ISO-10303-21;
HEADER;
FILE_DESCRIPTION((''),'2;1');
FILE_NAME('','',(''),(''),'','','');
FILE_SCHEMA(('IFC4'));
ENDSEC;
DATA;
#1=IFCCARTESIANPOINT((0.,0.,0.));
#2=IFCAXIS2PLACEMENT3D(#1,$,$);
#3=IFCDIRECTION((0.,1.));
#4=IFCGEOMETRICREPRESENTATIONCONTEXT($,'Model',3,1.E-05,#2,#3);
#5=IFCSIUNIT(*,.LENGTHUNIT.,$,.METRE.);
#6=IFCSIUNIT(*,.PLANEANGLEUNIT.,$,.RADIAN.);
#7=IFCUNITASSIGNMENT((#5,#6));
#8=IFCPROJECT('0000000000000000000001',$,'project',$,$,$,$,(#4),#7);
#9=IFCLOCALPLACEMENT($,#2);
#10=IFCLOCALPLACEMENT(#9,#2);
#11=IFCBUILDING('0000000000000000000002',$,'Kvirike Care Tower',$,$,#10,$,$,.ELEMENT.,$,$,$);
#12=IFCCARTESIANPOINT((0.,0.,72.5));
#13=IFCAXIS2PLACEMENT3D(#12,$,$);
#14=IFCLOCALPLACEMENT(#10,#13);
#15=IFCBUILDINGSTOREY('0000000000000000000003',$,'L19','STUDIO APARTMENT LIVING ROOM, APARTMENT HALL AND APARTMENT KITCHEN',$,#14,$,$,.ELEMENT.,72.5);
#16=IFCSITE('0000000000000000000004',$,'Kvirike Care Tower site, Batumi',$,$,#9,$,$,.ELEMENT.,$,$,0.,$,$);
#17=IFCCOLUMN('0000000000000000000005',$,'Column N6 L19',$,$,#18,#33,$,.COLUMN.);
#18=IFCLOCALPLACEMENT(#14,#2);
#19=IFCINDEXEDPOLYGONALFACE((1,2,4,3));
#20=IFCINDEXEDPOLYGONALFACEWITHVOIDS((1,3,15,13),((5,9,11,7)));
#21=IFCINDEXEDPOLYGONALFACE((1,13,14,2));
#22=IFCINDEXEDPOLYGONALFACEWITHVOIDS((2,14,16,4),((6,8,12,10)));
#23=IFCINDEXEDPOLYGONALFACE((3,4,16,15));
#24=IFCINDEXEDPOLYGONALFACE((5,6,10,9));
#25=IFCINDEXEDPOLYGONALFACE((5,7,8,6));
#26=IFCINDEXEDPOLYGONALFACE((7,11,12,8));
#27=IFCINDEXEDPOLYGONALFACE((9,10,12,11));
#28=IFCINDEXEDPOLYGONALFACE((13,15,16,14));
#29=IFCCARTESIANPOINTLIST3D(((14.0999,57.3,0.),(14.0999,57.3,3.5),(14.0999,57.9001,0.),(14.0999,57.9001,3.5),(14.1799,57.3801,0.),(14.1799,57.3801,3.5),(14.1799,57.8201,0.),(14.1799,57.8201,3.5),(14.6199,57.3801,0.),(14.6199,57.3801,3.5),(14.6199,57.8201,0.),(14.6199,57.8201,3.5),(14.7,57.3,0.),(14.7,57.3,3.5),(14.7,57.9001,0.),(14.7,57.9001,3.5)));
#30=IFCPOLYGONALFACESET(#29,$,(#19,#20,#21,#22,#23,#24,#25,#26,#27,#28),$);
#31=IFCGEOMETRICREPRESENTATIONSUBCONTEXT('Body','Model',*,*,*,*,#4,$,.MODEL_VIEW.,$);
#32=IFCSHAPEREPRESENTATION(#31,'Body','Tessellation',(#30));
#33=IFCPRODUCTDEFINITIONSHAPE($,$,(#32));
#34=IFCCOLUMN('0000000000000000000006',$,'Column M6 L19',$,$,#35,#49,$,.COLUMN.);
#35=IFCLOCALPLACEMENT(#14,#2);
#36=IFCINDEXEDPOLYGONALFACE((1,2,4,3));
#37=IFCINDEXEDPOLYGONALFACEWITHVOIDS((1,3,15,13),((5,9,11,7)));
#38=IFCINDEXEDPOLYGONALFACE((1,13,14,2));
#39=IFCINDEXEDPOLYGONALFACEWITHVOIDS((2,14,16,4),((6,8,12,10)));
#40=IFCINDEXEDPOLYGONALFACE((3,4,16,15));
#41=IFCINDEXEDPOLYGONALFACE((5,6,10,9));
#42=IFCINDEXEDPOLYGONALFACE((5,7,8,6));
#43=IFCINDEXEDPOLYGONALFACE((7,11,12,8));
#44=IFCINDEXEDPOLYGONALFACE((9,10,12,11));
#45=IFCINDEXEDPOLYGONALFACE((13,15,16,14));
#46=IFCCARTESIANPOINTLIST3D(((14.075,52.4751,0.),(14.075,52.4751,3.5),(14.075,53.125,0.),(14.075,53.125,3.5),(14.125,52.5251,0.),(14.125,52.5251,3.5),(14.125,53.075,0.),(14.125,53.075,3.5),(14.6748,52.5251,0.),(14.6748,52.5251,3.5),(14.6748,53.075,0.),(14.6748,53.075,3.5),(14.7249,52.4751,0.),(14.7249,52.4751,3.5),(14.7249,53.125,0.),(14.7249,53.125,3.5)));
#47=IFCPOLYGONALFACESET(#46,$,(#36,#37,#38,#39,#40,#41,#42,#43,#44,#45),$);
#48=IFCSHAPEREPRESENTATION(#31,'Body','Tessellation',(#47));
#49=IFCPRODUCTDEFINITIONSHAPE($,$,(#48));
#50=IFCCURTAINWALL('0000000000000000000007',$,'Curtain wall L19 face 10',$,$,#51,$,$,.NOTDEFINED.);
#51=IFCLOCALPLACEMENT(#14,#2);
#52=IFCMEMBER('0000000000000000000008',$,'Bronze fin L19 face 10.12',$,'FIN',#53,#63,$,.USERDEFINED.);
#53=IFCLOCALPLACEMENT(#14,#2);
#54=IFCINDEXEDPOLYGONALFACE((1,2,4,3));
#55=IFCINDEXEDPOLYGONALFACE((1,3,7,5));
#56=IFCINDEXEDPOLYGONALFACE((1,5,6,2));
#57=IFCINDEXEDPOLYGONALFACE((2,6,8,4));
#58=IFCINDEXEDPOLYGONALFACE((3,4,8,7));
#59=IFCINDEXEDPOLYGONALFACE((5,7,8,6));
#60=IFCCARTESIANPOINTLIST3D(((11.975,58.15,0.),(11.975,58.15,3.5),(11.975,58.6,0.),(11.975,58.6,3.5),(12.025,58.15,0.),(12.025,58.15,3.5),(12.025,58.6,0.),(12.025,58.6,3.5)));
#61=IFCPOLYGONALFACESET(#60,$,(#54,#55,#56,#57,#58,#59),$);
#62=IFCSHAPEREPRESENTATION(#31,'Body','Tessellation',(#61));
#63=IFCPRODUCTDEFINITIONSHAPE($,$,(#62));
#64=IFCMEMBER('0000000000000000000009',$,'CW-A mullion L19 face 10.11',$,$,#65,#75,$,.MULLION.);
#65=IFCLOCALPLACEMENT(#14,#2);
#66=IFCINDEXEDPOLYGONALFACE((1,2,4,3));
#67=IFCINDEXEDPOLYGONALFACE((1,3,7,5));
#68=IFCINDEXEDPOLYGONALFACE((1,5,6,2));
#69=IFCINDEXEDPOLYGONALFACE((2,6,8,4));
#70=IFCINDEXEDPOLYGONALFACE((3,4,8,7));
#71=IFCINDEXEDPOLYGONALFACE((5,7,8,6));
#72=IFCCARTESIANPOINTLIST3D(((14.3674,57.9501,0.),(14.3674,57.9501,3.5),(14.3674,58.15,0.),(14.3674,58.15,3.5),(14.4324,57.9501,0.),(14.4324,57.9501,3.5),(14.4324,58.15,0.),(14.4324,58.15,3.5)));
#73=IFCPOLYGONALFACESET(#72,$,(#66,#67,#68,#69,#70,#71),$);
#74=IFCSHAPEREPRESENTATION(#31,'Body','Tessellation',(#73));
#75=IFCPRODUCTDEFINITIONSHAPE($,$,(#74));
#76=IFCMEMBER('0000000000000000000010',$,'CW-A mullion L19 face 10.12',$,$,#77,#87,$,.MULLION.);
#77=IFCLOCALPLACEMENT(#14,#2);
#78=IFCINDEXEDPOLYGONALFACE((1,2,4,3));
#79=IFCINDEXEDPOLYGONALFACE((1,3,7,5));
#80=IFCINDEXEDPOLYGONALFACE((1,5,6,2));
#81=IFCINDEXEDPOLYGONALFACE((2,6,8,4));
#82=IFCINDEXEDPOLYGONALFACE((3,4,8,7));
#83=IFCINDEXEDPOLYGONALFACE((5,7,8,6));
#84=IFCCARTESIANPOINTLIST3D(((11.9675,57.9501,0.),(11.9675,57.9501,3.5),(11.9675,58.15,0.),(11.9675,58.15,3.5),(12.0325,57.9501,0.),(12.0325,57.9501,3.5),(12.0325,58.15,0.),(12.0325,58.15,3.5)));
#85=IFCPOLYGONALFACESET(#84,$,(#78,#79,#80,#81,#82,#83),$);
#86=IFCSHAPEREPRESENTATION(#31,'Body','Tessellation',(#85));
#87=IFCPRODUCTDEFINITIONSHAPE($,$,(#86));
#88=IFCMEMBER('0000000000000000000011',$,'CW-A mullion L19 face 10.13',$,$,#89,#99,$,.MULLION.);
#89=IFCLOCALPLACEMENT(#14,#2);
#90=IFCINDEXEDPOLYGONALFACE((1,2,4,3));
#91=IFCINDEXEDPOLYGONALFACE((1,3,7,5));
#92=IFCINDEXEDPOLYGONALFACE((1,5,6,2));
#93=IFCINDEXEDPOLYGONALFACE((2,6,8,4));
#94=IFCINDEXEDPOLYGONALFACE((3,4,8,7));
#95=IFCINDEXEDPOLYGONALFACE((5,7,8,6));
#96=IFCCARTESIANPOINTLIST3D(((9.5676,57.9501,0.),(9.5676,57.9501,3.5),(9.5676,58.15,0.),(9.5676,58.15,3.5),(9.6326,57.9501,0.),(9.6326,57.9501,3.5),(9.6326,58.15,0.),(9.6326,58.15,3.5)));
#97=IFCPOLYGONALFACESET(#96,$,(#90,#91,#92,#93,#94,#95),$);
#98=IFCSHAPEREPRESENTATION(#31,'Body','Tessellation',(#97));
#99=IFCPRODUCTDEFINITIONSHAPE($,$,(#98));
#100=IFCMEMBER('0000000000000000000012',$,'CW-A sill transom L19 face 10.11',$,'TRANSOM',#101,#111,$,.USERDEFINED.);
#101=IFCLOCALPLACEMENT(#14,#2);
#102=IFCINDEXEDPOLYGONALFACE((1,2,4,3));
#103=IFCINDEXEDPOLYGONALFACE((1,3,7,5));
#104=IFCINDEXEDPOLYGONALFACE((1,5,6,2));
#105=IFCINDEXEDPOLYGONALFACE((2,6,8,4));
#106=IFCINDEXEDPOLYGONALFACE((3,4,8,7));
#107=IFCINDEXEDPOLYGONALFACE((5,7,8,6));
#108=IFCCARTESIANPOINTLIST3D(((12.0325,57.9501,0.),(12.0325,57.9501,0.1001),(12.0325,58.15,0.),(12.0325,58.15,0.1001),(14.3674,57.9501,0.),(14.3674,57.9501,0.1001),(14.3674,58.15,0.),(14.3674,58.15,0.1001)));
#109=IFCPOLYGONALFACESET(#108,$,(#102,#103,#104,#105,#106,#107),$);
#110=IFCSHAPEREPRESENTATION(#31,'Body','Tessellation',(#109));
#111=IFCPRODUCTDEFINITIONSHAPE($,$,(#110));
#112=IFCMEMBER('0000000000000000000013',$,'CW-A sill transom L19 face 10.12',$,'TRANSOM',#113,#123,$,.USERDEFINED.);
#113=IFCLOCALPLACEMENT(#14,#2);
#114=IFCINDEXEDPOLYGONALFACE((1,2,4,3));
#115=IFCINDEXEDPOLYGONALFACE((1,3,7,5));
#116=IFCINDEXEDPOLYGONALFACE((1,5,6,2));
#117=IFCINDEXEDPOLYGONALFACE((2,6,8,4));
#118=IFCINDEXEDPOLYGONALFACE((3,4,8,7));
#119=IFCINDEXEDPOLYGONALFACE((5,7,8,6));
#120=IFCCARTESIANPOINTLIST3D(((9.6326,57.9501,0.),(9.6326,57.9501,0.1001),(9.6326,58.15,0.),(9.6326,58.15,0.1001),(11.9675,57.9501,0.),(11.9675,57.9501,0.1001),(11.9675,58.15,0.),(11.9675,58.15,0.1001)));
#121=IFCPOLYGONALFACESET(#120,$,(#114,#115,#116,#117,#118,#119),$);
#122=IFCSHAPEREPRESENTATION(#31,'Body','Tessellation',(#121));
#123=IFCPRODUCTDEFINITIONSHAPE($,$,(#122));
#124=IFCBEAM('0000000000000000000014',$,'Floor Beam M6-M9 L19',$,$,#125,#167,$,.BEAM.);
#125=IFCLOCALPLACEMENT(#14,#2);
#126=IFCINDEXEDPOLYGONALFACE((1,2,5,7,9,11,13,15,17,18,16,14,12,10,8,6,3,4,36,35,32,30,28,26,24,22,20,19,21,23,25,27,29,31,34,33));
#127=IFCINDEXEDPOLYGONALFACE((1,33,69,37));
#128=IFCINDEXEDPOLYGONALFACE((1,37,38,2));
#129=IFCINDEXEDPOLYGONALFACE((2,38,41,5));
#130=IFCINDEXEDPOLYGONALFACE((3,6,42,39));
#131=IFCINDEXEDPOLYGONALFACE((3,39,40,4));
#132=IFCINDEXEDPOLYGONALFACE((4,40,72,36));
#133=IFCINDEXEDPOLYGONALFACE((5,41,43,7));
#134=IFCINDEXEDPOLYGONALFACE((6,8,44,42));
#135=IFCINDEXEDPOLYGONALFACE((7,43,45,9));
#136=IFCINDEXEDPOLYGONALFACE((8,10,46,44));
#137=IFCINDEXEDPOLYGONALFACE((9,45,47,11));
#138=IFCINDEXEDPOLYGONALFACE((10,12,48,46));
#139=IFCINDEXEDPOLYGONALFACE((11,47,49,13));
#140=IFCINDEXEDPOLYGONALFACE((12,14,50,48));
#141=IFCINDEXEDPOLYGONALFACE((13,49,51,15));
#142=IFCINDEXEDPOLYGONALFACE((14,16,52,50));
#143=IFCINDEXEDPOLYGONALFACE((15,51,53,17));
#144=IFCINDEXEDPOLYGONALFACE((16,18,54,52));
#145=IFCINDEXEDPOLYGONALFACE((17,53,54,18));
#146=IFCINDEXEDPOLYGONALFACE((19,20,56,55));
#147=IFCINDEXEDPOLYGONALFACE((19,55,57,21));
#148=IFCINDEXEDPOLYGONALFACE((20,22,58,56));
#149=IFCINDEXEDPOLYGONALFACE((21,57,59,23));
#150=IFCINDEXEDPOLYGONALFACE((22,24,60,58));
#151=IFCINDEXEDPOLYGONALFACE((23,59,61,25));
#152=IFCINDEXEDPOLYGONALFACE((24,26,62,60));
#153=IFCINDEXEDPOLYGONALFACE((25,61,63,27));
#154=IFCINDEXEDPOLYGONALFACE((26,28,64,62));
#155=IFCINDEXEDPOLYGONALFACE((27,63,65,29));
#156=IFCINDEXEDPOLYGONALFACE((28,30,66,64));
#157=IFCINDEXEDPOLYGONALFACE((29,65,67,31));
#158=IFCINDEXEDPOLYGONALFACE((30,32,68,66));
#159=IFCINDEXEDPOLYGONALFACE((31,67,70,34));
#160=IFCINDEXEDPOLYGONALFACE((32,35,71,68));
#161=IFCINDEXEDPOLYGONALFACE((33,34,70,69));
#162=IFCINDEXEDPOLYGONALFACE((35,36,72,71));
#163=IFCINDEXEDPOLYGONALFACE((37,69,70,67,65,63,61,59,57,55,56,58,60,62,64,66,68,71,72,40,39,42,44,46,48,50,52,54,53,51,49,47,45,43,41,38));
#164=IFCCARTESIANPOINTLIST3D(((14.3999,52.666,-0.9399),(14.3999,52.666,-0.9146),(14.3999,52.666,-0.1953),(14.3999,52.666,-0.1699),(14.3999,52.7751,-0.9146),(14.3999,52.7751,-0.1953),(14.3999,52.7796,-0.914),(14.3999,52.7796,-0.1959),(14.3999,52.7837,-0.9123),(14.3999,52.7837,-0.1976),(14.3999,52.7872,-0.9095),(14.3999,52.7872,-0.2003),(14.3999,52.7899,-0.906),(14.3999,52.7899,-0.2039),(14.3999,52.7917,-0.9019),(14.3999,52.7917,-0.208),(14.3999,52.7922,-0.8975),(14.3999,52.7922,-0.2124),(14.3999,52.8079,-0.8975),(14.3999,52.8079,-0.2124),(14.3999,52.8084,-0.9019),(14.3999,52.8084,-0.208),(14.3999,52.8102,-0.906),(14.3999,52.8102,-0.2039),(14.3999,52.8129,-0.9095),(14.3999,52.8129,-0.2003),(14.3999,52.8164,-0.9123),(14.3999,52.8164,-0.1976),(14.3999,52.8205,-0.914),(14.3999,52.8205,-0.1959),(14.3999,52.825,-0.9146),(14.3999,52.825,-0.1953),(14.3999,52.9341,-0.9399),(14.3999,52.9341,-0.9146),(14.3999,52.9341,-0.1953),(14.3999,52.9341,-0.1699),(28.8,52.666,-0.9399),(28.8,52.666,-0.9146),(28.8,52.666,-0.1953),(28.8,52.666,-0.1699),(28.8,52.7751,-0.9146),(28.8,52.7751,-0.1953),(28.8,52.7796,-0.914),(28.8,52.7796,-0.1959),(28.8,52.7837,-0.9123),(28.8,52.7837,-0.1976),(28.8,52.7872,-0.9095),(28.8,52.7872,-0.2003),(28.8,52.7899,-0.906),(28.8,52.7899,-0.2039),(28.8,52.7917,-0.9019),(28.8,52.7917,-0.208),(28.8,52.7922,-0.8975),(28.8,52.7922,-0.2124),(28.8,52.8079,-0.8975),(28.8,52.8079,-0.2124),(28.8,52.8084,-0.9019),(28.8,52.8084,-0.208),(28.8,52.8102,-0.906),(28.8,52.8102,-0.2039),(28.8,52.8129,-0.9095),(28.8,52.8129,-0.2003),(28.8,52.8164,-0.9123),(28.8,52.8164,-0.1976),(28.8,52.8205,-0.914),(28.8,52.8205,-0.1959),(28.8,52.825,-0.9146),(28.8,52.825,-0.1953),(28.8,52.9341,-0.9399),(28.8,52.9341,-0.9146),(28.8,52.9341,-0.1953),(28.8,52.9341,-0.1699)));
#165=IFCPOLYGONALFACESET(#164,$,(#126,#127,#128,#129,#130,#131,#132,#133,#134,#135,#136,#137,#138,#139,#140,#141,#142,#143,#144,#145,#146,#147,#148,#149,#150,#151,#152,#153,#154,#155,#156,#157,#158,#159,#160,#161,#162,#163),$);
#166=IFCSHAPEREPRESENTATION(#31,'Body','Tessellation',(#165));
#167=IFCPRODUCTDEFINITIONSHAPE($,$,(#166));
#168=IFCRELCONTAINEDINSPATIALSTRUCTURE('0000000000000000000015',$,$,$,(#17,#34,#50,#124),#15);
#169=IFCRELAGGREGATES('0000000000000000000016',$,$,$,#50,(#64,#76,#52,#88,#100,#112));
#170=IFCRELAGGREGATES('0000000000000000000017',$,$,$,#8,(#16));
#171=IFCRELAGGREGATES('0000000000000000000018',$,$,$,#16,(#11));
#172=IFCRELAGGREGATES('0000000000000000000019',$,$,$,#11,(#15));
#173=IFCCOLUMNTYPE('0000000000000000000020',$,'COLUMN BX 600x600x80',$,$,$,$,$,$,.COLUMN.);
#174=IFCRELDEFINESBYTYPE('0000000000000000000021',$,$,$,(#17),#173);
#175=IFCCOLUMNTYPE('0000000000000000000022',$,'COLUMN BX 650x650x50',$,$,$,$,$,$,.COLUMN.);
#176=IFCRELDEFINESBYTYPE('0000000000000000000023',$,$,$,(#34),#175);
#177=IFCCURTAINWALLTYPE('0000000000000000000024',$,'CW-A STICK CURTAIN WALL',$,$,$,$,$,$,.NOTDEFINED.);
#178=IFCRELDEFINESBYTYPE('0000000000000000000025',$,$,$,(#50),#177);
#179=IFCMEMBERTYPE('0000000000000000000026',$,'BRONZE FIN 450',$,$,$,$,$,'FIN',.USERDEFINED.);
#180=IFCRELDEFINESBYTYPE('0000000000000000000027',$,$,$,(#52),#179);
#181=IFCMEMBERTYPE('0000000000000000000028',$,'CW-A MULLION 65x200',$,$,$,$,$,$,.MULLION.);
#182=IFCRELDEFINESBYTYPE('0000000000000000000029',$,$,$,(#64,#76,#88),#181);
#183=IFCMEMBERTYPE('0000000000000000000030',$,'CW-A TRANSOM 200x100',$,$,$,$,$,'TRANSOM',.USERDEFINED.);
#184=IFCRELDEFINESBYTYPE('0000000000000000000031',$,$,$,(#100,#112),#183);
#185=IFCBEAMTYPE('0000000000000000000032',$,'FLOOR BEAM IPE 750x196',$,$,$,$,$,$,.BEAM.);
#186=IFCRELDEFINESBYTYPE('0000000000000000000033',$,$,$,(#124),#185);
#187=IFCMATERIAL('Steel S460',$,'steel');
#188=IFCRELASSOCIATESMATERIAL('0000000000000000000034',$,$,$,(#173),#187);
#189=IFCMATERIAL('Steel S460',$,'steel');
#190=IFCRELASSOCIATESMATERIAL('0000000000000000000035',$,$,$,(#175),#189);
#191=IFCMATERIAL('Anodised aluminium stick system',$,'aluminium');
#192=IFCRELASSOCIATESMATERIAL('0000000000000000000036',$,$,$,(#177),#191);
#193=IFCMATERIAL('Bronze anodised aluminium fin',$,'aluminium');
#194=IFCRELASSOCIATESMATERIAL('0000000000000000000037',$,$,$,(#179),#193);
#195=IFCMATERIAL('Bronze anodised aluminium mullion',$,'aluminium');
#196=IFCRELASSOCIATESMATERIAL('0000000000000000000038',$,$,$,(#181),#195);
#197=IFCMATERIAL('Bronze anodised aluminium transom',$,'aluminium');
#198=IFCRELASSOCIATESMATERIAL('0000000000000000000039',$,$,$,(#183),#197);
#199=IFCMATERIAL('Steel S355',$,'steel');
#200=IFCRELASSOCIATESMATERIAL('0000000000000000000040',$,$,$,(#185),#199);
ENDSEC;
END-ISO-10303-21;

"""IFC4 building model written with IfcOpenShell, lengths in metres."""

from ifc_helpers import new_model, si_unit, direction, frame, origin, origin_2d, place, context, subcontext, project, spatial, rectangle, hollow_rectangle, i_section, extrude, material, material_profile, profile_set, type_object, element, aggregate, save


model = new_model("IFC4")

# Units and contexts
model_context = context("Model", 3, precision=1e-05, world=origin(), true_north=direction((0.0, 1.0)))
body_context = subcontext(model_context, "Body", "Model", "MODEL_VIEW")
ifc_project = project(units=[si_unit("LENGTHUNIT", "METRE"), si_unit("PLANEANGLEUNIT", "RADIAN")], contexts=[model_context])

# Site, building, storey
site_placement = place(None, origin())
site = spatial("IfcSite", under=ifc_project, at=site_placement, Name="Kvirike Care Tower site, Batumi", CompositionType="ELEMENT", RefElevation=0.0)
building_placement = place(site_placement, origin())
building = spatial("IfcBuilding", under=site, at=building_placement, Name="Kvirike Care Tower", CompositionType="ELEMENT")
storey_placement = place(building_placement, frame((0.0, 0.0, 72.5)))
storey = spatial("IfcBuildingStorey", under=building, at=storey_placement, Name="L19", Description="STUDIO APARTMENT LIVING ROOM, APARTMENT HALL AND APARTMENT KITCHEN", CompositionType="ELEMENT", Elevation=72.5)

# Columns
ifc_material_1 = material(Name="Steel S460", Category="steel")
ifc_material_profile_1 = material_profile(ifc_material_1, hollow_rectangle(XDim=0.6001, YDim=0.6001, WallThickness=0.0801, at=origin_2d()), Name="BX 600x600x80")
ifc_profile_set_1 = profile_set([ifc_material_profile_1], Name="Steel S460")
column_type_1 = type_object("IfcColumnType", Name="COLUMN BX 600x600x80", PredefinedType="COLUMN", material=ifc_profile_set_1)
column_1_placement = place(storey_placement, frame((14.3999, 57.6001, 0.0), z_axis=(0.0, 0.0, 1.0), x_axis=(0.0, 1.0, 0.0)))
element("IfcColumn", 1, at=column_1_placement, inside=storey, type_object=column_type_1, Name="Column N6 L19", PredefinedType="COLUMN", context=body_context, shape_type="SweptSolid", body=[
    extrude(hollow_rectangle(XDim=0.6001, YDim=0.6001, WallThickness=0.0801, at=origin_2d()), origin(), (0.0, 0.0, 1.0), 3.5),
])
ifc_material_2 = material(Name="Steel S460", Category="steel")
ifc_material_profile_2 = material_profile(ifc_material_2, hollow_rectangle(XDim=0.6499, YDim=0.6499, WallThickness=0.05, at=origin_2d()), Name="BX 650x650x50")
ifc_profile_set_2 = profile_set([ifc_material_profile_2], Name="Steel S460")
column_type_2 = type_object("IfcColumnType", Name="COLUMN BX 650x650x50", PredefinedType="COLUMN", material=ifc_profile_set_2)
column_2_placement = place(storey_placement, frame((14.3999, 52.8, 0.0), z_axis=(0.0, 0.0, 1.0), x_axis=(1.0, 0.0, 0.0)))
element("IfcColumn", 2, at=column_2_placement, inside=storey, type_object=column_type_2, Name="Column M6 L19", PredefinedType="COLUMN", context=body_context, shape_type="SweptSolid", body=[
    extrude(hollow_rectangle(XDim=0.6499, YDim=0.6499, WallThickness=0.05, at=origin_2d()), origin(), (0.0, 0.0, 1.0), 3.5),
])

# Curtain wall, members
ifc_material_3 = material(Name="Anodised aluminium stick system", Category="aluminium")
curtain_wall_type = type_object("IfcCurtainWallType", Name="CW-A STICK CURTAIN WALL", PredefinedType="NOTDEFINED", material=ifc_material_3)
curtain_wall_placement = place(storey_placement, origin())
curtain_wall = element("IfcCurtainWall", 3, at=curtain_wall_placement, inside=storey, type_object=curtain_wall_type, Name="Curtain wall L19 face 10", PredefinedType="NOTDEFINED")
ifc_material_4 = material(Name="Bronze anodised aluminium fin", Category="aluminium")
ifc_material_profile_3 = material_profile(ifc_material_4, rectangle(XDim=0.05, YDim=0.45, at=origin_2d()), Name="BRONZE FIN 450")
ifc_profile_set_3 = profile_set([ifc_material_profile_3], Name="Bronze anodised aluminium fin")
member_type_1 = type_object("IfcMemberType", Name="BRONZE FIN 450", ElementType="FIN", PredefinedType="USERDEFINED", material=ifc_profile_set_3)
member_1_placement = place(storey_placement, frame((12.0, 58.375, 0.0), z_axis=(0.0, 0.0, 1.0), x_axis=(-1.0, 0.0, 0.0)))
member_1 = element("IfcMember", 4, at=member_1_placement, type_object=member_type_1, Name="Bronze fin L19 face 10.12", ObjectType="FIN", PredefinedType="USERDEFINED", context=body_context, shape_type="SweptSolid", body=[
    extrude(rectangle(XDim=0.05, YDim=0.45, at=origin_2d()), origin(), (0.0, 0.0, 1.0), 3.5),
])
ifc_material_5 = material(Name="Bronze anodised aluminium mullion", Category="aluminium")
ifc_material_profile_4 = material_profile(ifc_material_5, rectangle(XDim=0.0649, YDim=0.2, at=origin_2d()), Name="CW-A MULLION 65x200")
ifc_profile_set_4 = profile_set([ifc_material_profile_4], Name="Bronze anodised aluminium mullion")
member_type_2 = type_object("IfcMemberType", Name="CW-A MULLION 65x200", PredefinedType="MULLION", material=ifc_profile_set_4)
member_2_placement = place(storey_placement, frame((14.3999, 58.05, 0.0), z_axis=(0.0, 0.0, 1.0), x_axis=(-1.0, 0.0, 0.0)))
member_2 = element("IfcMember", 5, at=member_2_placement, type_object=member_type_2, Name="CW-A mullion L19 face 10.11", PredefinedType="MULLION", context=body_context, shape_type="SweptSolid", body=[
    extrude(rectangle(XDim=0.0649, YDim=0.2, at=origin_2d()), origin(), (0.0, 0.0, 1.0), 3.5),
])
member_3_placement = place(storey_placement, frame((12.0, 58.05, 0.0), z_axis=(0.0, 0.0, 1.0), x_axis=(-1.0, 0.0, 0.0)))
member_3 = element("IfcMember", 6, at=member_3_placement, type_object=member_type_2, Name="CW-A mullion L19 face 10.12", PredefinedType="MULLION", context=body_context, shape_type="SweptSolid", body=[
    extrude(rectangle(XDim=0.0649, YDim=0.2, at=origin_2d()), origin(), (0.0, 0.0, 1.0), 3.5),
])
member_4_placement = place(storey_placement, frame((9.6001, 58.05, 0.0), z_axis=(0.0, 0.0, 1.0), x_axis=(-1.0, 0.0, 0.0)))
member_4 = element("IfcMember", 7, at=member_4_placement, type_object=member_type_2, Name="CW-A mullion L19 face 10.13", PredefinedType="MULLION", context=body_context, shape_type="SweptSolid", body=[
    extrude(rectangle(XDim=0.0649, YDim=0.2, at=origin_2d()), origin(), (0.0, 0.0, 1.0), 3.5),
])
ifc_material_6 = material(Name="Bronze anodised aluminium transom", Category="aluminium")
ifc_material_profile_5 = material_profile(ifc_material_6, rectangle(XDim=0.2, YDim=0.1001, at=origin_2d()), Name="CW-A TRANSOM 200x100")
ifc_profile_set_5 = profile_set([ifc_material_profile_5], Name="Bronze anodised aluminium transom")
member_type_3 = type_object("IfcMemberType", Name="CW-A TRANSOM 200x100", ElementType="TRANSOM", PredefinedType="USERDEFINED", material=ifc_profile_set_5)
member_5_placement = place(storey_placement, frame((14.3674, 58.05, 0.05), z_axis=(-1.0, 0.0, 0.0), x_axis=(0.0, -1.0, 0.0)))
member_5 = element("IfcMember", 8, at=member_5_placement, type_object=member_type_3, Name="CW-A sill transom L19 face 10.11", ObjectType="TRANSOM", PredefinedType="USERDEFINED", context=body_context, shape_type="SweptSolid", body=[
    extrude(rectangle(XDim=0.2, YDim=0.1001, at=origin_2d()), origin(), (0.0, 0.0, 1.0), 2.335),
])
member_6_placement = place(storey_placement, frame((11.9675, 58.05, 0.05), z_axis=(-1.0, 0.0, 0.0), x_axis=(0.0, -1.0, 0.0)))
member_6 = element("IfcMember", 9, at=member_6_placement, type_object=member_type_3, Name="CW-A sill transom L19 face 10.12", ObjectType="TRANSOM", PredefinedType="USERDEFINED", context=body_context, shape_type="SweptSolid", body=[
    extrude(rectangle(XDim=0.2, YDim=0.1001, at=origin_2d()), origin(), (0.0, 0.0, 1.0), 2.335),
])

# Beam
ifc_material_7 = material(Name="Steel S355", Category="steel")
ifc_material_profile_6 = material_profile(ifc_material_7, i_section(OverallWidth=0.2681, OverallDepth=0.77, WebThickness=0.0156, FlangeThickness=0.0254, FilletRadius=0.0171, at=origin_2d()), Name="IPE 750x196")
ifc_profile_set_6 = profile_set([ifc_material_profile_6], Name="Steel S355")
beam_type_1 = type_object("IfcBeamType", Name="FLOOR BEAM IPE 750x196", PredefinedType="BEAM", material=ifc_profile_set_6)
beam_1_placement = place(storey_placement, frame((14.3999, 52.8, -0.5549), z_axis=(1.0, 0.0, 0.0), x_axis=(0.0, 1.0, 0.0)))
element("IfcBeam", 10, at=beam_1_placement, inside=storey, type_object=beam_type_1, Name="Floor Beam M6-M9 L19", PredefinedType="BEAM", context=body_context, shape_type="SweptSolid", body=[
    extrude(i_section(OverallWidth=0.2681, OverallDepth=0.77, WebThickness=0.0156, FlangeThickness=0.0254, FilletRadius=0.0171, at=origin_2d()), origin(), (0.0, 0.0, 1.0), 14.4001),
])

aggregate(curtain_wall, [member_2, member_3, member_1, member_4, member_5, member_6])

save(model, "model.ifc")
